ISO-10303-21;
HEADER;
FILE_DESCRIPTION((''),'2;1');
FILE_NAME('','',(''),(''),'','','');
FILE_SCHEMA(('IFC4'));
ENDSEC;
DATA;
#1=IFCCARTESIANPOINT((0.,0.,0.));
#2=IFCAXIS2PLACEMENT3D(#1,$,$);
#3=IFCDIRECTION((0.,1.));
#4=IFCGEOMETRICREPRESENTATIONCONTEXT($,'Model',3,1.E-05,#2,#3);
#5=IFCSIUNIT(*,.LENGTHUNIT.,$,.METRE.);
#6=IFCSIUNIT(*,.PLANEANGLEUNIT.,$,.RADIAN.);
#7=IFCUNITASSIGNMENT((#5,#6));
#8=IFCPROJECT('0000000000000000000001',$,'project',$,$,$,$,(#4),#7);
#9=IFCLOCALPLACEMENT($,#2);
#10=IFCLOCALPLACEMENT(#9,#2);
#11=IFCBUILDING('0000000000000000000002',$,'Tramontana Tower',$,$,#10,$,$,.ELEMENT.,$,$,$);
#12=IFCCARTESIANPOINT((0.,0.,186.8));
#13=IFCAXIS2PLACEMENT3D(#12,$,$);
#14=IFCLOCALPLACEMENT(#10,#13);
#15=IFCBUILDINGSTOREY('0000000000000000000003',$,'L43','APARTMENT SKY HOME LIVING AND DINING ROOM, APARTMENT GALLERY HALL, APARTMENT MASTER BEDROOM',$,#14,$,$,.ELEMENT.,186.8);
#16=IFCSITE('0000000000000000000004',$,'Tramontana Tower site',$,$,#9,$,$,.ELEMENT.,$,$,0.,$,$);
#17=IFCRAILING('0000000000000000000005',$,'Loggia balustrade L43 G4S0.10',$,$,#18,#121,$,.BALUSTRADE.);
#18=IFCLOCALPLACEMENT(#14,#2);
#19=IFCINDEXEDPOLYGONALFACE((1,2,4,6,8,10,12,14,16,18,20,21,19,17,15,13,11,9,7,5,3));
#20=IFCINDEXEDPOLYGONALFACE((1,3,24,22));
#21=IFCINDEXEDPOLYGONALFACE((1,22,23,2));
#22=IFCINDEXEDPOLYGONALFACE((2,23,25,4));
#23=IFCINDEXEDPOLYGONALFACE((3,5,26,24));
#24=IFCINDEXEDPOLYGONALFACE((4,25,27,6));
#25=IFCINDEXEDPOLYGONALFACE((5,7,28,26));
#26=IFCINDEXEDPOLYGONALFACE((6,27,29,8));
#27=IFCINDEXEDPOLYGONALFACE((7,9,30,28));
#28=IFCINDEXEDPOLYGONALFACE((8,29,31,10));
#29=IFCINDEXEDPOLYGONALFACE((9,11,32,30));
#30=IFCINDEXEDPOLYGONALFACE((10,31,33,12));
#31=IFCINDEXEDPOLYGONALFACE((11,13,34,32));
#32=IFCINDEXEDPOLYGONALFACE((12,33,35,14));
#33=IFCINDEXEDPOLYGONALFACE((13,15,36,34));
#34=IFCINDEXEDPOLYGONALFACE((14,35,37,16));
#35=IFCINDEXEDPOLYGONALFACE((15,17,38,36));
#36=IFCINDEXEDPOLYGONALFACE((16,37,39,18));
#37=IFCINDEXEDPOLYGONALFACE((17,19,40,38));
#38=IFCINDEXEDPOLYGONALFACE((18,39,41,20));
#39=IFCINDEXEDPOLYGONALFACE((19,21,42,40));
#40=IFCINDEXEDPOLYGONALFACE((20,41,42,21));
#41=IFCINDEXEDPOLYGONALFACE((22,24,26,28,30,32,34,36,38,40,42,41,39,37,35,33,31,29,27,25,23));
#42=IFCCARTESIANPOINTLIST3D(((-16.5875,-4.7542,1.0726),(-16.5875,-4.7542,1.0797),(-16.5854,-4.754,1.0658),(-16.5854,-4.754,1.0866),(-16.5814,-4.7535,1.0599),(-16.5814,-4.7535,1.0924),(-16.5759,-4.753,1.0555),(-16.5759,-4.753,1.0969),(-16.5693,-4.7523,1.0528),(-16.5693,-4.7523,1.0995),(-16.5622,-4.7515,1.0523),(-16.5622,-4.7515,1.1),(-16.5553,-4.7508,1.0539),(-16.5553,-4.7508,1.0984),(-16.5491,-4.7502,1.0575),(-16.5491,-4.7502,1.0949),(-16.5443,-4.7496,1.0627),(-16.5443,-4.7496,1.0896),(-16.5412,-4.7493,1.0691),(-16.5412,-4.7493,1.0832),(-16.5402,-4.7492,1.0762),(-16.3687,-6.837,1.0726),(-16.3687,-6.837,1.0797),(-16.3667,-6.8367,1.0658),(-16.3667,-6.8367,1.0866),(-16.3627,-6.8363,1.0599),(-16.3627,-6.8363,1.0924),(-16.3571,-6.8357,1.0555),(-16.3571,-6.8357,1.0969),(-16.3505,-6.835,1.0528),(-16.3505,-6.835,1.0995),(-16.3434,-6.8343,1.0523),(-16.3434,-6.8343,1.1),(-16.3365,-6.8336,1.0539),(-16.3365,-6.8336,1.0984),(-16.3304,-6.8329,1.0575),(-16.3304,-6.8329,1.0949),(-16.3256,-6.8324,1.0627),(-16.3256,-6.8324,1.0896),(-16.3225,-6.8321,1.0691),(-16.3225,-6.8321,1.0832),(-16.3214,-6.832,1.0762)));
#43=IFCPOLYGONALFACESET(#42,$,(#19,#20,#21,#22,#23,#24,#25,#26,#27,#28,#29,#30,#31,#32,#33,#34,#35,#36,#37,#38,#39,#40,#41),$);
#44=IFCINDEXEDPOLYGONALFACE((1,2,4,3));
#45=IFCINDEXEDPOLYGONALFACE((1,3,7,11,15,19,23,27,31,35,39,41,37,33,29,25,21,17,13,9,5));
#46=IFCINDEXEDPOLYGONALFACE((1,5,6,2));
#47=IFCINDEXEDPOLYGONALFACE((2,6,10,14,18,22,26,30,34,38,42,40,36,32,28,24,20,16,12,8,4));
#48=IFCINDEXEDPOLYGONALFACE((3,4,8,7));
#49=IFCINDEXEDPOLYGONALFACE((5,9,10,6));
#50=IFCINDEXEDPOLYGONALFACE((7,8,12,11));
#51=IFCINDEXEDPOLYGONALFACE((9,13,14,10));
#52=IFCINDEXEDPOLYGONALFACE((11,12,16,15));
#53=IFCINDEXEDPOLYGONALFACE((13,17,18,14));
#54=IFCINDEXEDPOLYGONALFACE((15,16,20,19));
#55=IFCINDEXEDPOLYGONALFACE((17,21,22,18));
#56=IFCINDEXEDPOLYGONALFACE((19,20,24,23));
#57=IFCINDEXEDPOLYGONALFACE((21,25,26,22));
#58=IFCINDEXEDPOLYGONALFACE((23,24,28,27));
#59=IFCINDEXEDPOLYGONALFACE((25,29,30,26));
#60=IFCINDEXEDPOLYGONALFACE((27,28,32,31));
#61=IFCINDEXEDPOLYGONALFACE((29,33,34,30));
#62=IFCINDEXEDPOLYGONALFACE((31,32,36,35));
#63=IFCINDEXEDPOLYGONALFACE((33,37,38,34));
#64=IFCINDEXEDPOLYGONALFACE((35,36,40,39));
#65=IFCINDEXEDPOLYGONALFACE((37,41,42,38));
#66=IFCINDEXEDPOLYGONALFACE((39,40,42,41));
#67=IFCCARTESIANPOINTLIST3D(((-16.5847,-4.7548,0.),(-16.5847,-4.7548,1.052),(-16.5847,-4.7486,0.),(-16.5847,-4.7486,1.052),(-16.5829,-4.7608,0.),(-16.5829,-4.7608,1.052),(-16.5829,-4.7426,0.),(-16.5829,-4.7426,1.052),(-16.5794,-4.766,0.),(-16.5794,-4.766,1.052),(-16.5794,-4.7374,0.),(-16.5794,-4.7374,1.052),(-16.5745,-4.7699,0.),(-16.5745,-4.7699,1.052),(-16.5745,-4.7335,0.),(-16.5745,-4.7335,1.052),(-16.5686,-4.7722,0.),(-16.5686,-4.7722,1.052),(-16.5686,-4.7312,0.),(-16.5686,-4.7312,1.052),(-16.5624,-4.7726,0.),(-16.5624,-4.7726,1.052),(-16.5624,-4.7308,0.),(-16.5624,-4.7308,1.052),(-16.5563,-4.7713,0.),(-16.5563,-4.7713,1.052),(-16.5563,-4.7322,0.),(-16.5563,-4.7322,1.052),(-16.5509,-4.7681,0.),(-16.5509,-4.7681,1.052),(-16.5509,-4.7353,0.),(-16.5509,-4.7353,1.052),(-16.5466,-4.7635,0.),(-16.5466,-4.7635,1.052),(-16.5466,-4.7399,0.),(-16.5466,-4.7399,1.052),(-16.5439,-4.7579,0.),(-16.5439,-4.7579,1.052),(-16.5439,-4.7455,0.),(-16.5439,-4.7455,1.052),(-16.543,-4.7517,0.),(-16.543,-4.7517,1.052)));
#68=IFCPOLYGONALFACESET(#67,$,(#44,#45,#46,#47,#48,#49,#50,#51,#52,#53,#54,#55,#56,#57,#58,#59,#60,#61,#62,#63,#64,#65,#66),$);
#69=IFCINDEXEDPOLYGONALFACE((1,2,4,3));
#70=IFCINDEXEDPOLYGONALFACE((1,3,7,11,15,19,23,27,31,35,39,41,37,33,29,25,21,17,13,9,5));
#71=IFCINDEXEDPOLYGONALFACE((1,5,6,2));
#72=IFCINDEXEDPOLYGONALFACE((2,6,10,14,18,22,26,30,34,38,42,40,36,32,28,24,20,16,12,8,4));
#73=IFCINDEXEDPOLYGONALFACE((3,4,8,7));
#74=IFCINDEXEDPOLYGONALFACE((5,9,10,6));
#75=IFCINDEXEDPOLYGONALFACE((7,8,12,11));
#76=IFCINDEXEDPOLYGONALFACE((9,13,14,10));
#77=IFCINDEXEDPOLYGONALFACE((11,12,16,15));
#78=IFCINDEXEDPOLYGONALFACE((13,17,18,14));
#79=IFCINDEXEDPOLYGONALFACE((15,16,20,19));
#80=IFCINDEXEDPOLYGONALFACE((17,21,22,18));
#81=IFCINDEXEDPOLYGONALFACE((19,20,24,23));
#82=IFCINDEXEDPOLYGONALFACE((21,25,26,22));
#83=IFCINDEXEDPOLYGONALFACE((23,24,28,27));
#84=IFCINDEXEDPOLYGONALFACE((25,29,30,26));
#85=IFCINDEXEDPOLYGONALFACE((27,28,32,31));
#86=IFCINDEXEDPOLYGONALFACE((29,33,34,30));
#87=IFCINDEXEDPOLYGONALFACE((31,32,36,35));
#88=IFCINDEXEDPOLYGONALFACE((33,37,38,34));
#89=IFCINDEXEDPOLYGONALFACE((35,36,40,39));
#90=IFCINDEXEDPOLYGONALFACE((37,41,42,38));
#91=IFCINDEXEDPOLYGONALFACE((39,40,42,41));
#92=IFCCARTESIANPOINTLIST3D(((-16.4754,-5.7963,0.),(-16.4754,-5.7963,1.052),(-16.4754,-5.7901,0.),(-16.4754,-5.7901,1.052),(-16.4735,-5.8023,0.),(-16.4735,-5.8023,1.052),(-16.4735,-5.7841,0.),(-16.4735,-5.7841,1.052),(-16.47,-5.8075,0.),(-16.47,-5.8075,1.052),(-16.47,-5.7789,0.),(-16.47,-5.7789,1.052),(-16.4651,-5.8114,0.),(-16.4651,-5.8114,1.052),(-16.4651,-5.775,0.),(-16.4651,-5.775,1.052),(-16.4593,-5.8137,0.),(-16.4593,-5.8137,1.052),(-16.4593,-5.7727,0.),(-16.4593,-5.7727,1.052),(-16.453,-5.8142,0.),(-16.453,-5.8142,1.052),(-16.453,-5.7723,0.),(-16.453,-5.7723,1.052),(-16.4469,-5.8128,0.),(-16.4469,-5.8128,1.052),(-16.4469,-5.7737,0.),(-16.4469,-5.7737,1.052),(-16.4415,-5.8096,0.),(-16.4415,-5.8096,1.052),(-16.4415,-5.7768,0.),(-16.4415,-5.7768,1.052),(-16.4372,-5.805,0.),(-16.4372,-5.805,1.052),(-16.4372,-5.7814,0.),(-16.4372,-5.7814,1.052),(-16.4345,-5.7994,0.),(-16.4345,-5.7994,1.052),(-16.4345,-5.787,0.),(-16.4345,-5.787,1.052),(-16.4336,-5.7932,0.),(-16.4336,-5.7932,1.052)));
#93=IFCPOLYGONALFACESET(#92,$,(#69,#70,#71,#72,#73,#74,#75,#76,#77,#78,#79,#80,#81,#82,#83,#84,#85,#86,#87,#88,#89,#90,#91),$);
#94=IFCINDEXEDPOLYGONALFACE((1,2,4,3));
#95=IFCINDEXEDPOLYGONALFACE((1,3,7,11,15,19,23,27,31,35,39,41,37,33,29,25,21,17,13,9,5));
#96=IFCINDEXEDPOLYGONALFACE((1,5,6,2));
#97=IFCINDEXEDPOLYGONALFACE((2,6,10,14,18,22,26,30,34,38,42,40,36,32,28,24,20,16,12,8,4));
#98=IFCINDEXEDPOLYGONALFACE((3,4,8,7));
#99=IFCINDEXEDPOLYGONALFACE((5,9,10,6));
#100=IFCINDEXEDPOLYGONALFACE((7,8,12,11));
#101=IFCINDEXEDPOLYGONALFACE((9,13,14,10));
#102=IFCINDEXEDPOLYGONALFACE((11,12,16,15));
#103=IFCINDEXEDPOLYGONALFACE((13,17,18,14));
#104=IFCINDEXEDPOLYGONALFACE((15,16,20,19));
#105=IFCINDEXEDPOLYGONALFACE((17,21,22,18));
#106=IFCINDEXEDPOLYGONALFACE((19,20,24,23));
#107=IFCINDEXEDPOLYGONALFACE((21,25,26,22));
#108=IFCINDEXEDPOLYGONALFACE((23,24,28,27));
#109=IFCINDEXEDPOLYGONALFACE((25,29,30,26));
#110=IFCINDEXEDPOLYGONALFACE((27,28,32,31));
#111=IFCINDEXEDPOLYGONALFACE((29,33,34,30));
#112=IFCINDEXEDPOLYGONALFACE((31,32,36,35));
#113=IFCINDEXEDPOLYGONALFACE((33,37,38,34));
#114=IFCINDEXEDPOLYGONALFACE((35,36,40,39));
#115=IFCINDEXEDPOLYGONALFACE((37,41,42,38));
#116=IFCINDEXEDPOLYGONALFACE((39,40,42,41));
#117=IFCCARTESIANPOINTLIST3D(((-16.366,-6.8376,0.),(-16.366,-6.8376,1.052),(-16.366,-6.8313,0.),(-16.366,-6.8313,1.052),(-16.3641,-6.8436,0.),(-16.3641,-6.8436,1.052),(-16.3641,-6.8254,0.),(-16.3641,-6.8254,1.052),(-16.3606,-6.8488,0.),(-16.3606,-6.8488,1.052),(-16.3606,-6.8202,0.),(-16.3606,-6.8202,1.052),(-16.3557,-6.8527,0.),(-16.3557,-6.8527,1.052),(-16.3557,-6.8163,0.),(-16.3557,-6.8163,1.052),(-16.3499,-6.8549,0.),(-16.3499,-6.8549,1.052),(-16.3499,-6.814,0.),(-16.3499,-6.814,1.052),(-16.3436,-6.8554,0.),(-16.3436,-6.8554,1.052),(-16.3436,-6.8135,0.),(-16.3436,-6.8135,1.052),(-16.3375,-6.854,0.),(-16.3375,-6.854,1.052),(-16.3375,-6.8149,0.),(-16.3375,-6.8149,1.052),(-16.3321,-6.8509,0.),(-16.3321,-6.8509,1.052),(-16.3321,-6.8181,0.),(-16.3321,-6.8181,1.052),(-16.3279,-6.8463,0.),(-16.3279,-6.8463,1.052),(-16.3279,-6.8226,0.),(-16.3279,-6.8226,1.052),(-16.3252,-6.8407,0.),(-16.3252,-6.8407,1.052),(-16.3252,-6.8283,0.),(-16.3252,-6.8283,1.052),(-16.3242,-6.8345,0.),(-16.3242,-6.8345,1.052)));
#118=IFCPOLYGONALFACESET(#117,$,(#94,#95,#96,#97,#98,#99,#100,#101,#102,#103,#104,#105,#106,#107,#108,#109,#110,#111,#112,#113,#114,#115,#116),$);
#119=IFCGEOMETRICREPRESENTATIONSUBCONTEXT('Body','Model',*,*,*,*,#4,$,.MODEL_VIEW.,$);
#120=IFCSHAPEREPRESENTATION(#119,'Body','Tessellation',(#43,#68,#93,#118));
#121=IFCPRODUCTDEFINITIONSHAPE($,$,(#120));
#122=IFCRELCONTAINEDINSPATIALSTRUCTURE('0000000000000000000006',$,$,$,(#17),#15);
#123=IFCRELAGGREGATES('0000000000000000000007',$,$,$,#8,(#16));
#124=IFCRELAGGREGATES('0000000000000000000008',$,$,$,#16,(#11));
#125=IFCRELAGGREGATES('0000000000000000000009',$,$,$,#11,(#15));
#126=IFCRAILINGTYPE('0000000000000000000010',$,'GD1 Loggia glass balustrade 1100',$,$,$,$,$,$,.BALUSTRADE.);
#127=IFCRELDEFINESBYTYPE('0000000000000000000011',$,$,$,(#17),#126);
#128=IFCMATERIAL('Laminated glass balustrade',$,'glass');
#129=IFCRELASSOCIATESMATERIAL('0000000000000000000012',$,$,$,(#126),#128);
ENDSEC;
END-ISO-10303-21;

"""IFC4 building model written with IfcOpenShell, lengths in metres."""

from ifc_helpers import new_model, si_unit, direction, frame, origin, origin_2d, place, context, subcontext, project, spatial, circle, extrude, material, type_object, element, save


model = new_model("IFC4")

# Units and contexts
model_context = context("Model", 3, precision=1e-05, world=origin(), true_north=direction((0.0, 1.0)))
body_context = subcontext(model_context, "Body", "Model", "MODEL_VIEW")
ifc_project = project(units=[si_unit("LENGTHUNIT", "METRE"), si_unit("PLANEANGLEUNIT", "RADIAN")], contexts=[model_context])

# Site, building, storey
site_placement = place(None, origin())
site = spatial("IfcSite", under=ifc_project, at=site_placement, Name="Tramontana Tower site", CompositionType="ELEMENT", RefElevation=0.0)
building_placement = place(site_placement, origin())
building = spatial("IfcBuilding", under=site, at=building_placement, Name="Tramontana Tower", CompositionType="ELEMENT")
storey_placement = place(building_placement, frame((0.0, 0.0, 186.8)))
storey = spatial("IfcBuildingStorey", under=building, at=storey_placement, Name="L43", Description="APARTMENT SKY HOME LIVING AND DINING ROOM, APARTMENT GALLERY HALL, APARTMENT MASTER BEDROOM", CompositionType="ELEMENT", Elevation=186.8)

# Railing
ifc_material_1 = material(Name="Laminated glass balustrade", Category="glass")
railing_type = type_object("IfcRailingType", Name="GD1 Loggia glass balustrade 1100", PredefinedType="BALUSTRADE", material=ifc_material_1)
railing_placement = place(storey_placement, frame((-16.564, -4.7517, 0.0)))
element("IfcRailing", 1, at=railing_placement, inside=storey, type_object=railing_type, Name="Loggia balustrade L43 G4S0.10", PredefinedType="BALUSTRADE", context=body_context, shape_type="SweptSolid", body=[
    extrude(circle(Radius=0.0239, at=origin_2d()), frame((0.0, 0.0, 1.0762), z_axis=(0.104454, -0.99453, 0.0), x_axis=(0.99453, 0.104454, 0.0)), (0.0, 0.0, 1.0), 2.0942),
    extrude(circle(Radius=0.021, at=origin_2d()), origin(), (0.0, 0.0, 1.0), 1.052),
    extrude(circle(Radius=0.021, at=origin_2d()), frame((0.1094, -1.0415, 0.0)), (0.0, 0.0, 1.0), 1.052),
    extrude(circle(Radius=0.021, at=origin_2d()), frame((0.2188, -2.0828, 0.0)), (0.0, 0.0, 1.0), 1.052),
])

save(model, "model.ifc")
